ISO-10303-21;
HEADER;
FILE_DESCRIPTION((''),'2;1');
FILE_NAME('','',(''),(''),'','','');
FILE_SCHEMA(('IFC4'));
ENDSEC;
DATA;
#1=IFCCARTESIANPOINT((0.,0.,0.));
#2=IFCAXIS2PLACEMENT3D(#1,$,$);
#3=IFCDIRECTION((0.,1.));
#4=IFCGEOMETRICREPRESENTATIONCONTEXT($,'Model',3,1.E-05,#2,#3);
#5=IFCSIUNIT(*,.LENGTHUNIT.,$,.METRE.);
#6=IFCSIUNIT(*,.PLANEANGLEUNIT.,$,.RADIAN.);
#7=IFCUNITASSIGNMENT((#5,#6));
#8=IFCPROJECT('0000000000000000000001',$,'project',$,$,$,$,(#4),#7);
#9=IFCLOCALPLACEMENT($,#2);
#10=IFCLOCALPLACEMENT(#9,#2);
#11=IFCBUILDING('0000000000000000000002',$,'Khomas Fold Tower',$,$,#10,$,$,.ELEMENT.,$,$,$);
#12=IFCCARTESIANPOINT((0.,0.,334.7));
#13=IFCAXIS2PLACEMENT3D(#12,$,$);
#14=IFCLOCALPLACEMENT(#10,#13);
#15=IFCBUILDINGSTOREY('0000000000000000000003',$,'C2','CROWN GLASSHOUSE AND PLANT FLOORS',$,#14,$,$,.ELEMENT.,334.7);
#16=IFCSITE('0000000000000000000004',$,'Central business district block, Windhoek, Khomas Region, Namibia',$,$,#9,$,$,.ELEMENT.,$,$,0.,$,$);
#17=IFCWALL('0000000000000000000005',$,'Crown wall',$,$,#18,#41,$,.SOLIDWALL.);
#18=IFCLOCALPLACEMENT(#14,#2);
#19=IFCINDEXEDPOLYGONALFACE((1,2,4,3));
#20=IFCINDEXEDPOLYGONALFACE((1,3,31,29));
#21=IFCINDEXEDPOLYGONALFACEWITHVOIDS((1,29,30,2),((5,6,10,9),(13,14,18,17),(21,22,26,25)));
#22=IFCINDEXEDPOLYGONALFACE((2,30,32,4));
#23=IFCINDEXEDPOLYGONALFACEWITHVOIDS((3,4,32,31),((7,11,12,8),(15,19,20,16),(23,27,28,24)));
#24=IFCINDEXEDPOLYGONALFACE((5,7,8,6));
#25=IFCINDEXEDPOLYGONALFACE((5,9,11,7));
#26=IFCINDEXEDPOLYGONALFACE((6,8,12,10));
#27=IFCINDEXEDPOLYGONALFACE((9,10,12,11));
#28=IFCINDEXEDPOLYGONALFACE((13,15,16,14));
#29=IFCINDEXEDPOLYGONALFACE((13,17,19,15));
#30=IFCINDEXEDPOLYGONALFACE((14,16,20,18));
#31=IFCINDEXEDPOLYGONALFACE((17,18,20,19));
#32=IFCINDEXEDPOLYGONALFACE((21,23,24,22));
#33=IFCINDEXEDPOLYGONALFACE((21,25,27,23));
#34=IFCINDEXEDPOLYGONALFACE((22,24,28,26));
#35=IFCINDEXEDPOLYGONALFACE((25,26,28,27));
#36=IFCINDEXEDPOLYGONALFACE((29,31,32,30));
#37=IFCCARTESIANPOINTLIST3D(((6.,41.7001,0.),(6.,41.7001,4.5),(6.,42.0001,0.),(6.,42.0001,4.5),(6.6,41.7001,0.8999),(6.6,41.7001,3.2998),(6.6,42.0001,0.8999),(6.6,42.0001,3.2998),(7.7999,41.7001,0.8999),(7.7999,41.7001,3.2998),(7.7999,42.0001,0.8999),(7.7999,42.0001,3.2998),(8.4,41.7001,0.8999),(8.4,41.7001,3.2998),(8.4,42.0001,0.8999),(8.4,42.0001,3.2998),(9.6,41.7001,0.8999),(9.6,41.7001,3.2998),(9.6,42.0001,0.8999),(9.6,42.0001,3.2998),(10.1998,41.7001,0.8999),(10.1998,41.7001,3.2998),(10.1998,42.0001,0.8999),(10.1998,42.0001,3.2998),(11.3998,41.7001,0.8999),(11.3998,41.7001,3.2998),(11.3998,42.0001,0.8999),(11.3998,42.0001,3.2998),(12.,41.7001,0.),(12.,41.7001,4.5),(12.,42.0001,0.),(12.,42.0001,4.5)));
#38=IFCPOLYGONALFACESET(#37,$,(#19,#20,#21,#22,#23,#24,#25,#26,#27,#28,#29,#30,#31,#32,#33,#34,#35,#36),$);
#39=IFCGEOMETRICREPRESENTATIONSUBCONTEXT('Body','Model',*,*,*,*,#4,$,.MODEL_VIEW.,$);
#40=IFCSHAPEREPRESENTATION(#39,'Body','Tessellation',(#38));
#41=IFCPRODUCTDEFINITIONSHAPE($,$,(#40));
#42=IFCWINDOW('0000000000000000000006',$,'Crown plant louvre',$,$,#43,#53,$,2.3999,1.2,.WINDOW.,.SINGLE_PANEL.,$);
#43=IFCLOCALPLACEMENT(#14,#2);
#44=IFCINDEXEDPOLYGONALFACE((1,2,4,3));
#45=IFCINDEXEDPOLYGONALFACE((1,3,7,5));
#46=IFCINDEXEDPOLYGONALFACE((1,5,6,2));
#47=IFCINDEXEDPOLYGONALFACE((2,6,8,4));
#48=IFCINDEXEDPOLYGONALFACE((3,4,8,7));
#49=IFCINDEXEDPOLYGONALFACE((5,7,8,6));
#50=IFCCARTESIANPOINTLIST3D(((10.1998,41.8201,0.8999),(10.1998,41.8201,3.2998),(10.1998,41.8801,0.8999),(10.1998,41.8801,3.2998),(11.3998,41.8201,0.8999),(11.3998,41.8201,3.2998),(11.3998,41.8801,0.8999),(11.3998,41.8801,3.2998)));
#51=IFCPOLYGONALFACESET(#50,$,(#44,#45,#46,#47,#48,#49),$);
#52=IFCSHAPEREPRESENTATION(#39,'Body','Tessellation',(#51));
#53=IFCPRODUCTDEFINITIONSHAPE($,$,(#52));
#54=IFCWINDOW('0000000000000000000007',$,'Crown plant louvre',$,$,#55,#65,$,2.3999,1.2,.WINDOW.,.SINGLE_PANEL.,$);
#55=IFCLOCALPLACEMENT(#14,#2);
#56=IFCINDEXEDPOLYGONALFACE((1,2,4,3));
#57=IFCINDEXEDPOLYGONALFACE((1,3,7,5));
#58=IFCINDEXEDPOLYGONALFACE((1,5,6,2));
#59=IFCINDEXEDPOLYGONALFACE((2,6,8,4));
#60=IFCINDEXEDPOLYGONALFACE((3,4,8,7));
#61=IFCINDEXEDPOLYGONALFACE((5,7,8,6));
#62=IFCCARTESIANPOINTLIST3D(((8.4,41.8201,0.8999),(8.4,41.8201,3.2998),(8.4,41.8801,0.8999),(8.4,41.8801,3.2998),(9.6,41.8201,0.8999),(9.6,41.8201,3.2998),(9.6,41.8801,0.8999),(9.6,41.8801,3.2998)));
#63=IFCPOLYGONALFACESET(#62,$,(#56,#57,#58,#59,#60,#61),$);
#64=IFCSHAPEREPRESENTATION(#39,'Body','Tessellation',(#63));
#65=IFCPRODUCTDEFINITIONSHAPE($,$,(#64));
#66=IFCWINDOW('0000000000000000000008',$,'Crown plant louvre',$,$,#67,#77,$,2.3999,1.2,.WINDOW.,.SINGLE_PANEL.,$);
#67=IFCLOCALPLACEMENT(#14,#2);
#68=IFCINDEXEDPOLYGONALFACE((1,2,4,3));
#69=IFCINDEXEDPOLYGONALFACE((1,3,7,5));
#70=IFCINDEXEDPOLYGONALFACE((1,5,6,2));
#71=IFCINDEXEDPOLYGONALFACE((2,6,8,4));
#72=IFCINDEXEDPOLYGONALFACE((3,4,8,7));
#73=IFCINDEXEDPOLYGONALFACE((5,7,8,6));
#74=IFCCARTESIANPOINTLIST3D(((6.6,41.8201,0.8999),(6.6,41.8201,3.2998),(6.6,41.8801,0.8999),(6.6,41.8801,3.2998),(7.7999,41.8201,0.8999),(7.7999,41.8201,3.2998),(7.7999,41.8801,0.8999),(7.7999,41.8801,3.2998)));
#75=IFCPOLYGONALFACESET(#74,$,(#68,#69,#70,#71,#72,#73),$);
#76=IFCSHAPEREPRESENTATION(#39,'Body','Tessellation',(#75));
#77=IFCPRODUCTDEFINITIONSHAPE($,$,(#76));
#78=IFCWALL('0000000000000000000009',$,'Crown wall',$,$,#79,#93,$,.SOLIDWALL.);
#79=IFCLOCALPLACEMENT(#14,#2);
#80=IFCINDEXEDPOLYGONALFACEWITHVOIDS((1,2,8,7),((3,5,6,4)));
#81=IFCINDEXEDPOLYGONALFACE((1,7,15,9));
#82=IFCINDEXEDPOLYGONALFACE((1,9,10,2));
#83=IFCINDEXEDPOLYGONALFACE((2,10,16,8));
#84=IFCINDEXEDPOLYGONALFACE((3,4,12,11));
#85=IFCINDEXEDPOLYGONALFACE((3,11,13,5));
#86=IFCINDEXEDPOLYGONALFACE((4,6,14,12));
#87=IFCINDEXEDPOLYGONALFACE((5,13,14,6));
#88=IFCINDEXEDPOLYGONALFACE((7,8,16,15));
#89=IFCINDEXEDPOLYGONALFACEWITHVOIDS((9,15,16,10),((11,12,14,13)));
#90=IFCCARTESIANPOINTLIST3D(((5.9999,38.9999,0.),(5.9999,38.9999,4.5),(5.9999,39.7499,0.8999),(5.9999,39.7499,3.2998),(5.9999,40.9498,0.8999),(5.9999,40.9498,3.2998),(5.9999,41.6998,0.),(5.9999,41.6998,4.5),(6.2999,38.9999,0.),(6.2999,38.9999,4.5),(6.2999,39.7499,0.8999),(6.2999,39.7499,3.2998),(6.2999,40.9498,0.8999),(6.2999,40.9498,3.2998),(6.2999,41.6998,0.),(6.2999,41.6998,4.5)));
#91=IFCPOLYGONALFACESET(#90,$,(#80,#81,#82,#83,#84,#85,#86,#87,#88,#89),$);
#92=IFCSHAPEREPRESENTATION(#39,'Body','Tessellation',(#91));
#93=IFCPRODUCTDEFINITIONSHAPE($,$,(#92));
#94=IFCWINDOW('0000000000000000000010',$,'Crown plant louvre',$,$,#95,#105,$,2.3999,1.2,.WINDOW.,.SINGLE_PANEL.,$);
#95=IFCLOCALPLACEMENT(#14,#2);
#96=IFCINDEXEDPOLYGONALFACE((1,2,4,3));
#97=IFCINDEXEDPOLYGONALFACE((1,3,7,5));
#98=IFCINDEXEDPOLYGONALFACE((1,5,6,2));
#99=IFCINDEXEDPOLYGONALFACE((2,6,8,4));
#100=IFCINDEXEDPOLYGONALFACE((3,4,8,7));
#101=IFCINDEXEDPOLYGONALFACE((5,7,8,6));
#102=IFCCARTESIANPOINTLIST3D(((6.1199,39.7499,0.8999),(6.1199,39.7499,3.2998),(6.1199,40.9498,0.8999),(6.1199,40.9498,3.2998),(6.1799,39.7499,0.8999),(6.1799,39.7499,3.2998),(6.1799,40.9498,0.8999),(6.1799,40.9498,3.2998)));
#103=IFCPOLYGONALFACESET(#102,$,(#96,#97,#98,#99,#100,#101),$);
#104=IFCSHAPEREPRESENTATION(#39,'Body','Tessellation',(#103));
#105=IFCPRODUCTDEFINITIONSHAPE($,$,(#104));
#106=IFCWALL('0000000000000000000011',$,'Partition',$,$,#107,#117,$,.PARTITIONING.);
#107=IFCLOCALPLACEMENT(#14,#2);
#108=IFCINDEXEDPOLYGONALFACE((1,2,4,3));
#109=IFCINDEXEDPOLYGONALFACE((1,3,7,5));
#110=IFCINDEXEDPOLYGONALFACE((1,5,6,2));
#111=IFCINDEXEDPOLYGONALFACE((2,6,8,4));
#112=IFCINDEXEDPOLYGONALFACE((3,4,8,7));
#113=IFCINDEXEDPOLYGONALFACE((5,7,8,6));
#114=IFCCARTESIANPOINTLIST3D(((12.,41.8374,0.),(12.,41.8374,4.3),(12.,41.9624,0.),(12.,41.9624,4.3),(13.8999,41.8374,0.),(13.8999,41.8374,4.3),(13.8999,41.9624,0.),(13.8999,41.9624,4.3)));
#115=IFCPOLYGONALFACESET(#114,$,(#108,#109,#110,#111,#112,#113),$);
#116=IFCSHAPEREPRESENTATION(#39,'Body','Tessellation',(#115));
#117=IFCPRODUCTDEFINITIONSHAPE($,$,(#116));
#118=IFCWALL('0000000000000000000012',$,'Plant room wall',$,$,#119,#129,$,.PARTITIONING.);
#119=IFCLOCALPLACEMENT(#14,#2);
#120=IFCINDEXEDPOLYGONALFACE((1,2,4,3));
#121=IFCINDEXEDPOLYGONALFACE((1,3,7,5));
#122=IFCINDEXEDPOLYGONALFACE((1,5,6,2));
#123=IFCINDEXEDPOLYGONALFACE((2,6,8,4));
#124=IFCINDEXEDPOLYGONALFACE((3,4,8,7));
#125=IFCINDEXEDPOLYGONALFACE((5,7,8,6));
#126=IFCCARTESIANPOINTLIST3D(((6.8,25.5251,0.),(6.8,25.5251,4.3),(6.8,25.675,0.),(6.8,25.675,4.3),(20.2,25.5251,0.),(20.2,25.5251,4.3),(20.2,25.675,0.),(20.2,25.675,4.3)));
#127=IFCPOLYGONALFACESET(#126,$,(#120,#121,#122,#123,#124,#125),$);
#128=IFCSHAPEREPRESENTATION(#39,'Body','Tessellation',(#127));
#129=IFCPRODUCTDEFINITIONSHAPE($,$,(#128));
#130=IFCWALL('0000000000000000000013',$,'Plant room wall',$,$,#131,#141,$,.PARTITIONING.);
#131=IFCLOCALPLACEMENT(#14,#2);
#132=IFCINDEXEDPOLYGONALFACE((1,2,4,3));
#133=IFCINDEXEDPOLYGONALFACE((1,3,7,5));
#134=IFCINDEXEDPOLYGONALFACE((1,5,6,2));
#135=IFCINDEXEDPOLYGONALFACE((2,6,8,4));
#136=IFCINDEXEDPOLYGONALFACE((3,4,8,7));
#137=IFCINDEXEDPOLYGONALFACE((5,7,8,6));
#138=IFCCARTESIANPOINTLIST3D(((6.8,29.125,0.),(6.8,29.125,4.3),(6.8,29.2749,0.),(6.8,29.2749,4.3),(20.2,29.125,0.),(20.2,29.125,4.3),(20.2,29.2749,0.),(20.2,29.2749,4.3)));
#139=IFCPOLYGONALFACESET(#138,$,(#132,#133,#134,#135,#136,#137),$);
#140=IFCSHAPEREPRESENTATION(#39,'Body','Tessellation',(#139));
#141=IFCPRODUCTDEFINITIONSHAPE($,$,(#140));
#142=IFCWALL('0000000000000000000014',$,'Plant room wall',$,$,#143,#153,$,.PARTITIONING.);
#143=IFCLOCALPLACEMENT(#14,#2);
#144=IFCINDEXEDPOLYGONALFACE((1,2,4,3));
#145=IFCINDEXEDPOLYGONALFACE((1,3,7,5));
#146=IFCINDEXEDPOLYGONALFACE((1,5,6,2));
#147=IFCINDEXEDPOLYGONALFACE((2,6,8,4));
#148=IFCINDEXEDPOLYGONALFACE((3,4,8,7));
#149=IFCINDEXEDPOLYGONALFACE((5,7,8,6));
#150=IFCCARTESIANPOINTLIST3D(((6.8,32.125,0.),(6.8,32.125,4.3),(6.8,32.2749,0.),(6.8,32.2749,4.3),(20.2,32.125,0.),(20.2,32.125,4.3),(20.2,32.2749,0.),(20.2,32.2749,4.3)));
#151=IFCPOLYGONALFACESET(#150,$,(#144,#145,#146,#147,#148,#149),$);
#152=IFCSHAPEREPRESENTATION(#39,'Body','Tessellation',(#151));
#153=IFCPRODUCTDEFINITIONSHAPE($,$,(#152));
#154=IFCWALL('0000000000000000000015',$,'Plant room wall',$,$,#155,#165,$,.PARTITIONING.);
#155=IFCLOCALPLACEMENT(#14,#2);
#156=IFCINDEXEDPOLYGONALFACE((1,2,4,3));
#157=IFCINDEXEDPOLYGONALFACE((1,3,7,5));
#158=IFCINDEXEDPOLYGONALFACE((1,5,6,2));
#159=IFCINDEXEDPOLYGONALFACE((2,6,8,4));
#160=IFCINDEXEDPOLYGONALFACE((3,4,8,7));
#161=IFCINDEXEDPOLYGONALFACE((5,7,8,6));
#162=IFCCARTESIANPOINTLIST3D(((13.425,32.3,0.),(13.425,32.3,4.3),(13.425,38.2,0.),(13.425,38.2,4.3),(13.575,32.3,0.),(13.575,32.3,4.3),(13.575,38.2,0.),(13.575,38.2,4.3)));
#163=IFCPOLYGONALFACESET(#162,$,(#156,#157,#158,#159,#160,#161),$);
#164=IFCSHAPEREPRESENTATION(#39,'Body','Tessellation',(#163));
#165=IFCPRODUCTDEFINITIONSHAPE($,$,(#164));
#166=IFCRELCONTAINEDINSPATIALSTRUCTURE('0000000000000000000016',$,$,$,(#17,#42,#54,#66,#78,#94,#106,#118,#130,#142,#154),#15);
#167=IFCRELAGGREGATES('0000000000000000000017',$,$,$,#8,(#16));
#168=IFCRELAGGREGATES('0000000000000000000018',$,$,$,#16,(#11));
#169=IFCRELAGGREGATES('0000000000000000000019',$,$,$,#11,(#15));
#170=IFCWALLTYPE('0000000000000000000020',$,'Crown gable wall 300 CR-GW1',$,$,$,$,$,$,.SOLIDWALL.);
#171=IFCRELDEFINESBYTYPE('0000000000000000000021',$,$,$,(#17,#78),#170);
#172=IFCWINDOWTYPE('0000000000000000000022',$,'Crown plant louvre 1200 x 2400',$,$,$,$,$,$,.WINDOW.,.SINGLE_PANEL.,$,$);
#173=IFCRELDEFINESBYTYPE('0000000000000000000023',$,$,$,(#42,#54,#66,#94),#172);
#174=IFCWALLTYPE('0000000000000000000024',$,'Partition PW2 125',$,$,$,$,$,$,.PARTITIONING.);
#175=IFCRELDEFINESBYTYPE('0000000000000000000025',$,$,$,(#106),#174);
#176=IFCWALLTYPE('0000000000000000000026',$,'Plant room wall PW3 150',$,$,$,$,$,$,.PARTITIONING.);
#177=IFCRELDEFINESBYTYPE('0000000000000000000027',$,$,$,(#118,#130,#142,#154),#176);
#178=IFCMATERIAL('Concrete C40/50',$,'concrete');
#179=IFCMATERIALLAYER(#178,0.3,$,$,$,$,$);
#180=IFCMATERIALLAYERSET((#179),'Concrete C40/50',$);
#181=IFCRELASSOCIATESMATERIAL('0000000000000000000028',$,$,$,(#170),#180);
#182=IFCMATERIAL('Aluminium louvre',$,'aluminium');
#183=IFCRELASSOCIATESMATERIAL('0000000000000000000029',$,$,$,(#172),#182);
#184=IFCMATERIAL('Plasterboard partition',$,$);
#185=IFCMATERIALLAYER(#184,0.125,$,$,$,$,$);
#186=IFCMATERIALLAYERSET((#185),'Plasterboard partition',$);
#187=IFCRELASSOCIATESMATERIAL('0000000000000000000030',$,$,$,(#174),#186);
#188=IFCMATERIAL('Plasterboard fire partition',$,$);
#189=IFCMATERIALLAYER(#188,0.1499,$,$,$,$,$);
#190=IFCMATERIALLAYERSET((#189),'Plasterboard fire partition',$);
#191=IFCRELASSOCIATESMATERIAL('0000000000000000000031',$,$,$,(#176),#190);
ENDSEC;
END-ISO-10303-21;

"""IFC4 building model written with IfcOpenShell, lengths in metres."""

from ifc_helpers import new_model, si_unit, direction, frame, frame_2d, origin, place, context, subcontext, project, spatial, rectangle, extrude, source, transform, mapped, material, layer, layer_set, type_object, element, fill, save


model = new_model("IFC4")

# Units and contexts
model_context = context("Model", 3, precision=1e-05, world=origin(), true_north=direction((0.0, 1.0)))
body_context = subcontext(model_context, "Body", "Model", "MODEL_VIEW")
ifc_project = project(units=[si_unit("LENGTHUNIT", "METRE"), si_unit("PLANEANGLEUNIT", "RADIAN")], contexts=[model_context])

# Site, building, storey
site_placement = place(None, origin())
site = spatial("IfcSite", under=ifc_project, at=site_placement, Name="Central business district block, Windhoek, Khomas Region, Namibia", CompositionType="ELEMENT", RefElevation=0.0)
building_placement = place(site_placement, origin())
building = spatial("IfcBuilding", under=site, at=building_placement, Name="Khomas Fold Tower", CompositionType="ELEMENT")
storey_placement = place(building_placement, frame((0.0, 0.0, 334.7)))
storey = spatial("IfcBuildingStorey", under=building, at=storey_placement, Name="C2", Description="CROWN GLASSHOUSE AND PLANT FLOORS", CompositionType="ELEMENT", Elevation=334.7)

# Wall, openings, windows
ifc_material_1 = material(Name="Concrete C40/50", Category="concrete")
ifc_layer_1 = layer(ifc_material_1, 0.3)
ifc_layer_set_1 = layer_set([ifc_layer_1], Name="Concrete C40/50")
wall_type_1 = type_object("IfcWallType", Name="Crown gable wall 300 CR-GW1", PredefinedType="SOLIDWALL", material=ifc_layer_set_1)
shared_shape_1 = source(origin(), body_context, "Body", "SweptSolid", [
    extrude(rectangle(XDim=6.0, YDim=0.3, at=frame_2d((3.0, 0.0))), origin(), (0.0, 0.0, 1.0), 4.5),
])
wall_1_placement = place(storey_placement, frame((12.0, 41.8501, 0.0), z_axis=(0.0, 0.0, 1.0), x_axis=(-1.0, 0.0, 0.0)))
wall_1 = element("IfcWall", 1, at=wall_1_placement, inside=storey, type_object=wall_type_1, Name="Crown wall", PredefinedType="SOLIDWALL", context=body_context, shape_type="MappedRepresentation", body=[
    mapped(shared_shape_1, transform((0.0, 0.0, 0.0))),
])
shared_shape_2 = source(origin(), body_context, "Body", "SweptSolid", [
    extrude(rectangle(XDim=1.2, YDim=2.3999, at=frame_2d((0.6001, 1.2))), frame((0.0, 0.1599, 0.0), z_axis=(0.0, -1.0, 0.0), x_axis=(1.0, 0.0, 0.0)), (0.0, 0.0, 1.0), 0.3201),
])
opening_1_placement = place(wall_1_placement, frame((0.6001, 0.0, 0.8999)))
opening_1 = element("IfcOpeningElement", 2, at=opening_1_placement, cuts=wall_1, PredefinedType="OPENING", context=body_context, shape_type="MappedRepresentation", body=[
    mapped(shared_shape_2, transform((0.0, 0.0, 0.0))),
])
opening_2_placement = place(wall_1_placement, frame((2.3999, 0.0, 0.8999)))
opening_2 = element("IfcOpeningElement", 3, at=opening_2_placement, cuts=wall_1, PredefinedType="OPENING", context=body_context, shape_type="MappedRepresentation", body=[
    mapped(shared_shape_2, transform((0.0, 0.0, 0.0))),
])
opening_3_placement = place(wall_1_placement, frame((4.2, 0.0, 0.8999)))
opening_3 = element("IfcOpeningElement", 4, at=opening_3_placement, cuts=wall_1, PredefinedType="OPENING", context=body_context, shape_type="MappedRepresentation", body=[
    mapped(shared_shape_2, transform((0.0, 0.0, 0.0))),
])
ifc_material_2 = material(Name="Aluminium louvre", Category="aluminium")
window_type = type_object("IfcWindowType", Name="Crown plant louvre 1200 x 2400", PartitioningType="SINGLE_PANEL", PredefinedType="WINDOW", material=ifc_material_2)
shared_shape_3 = source(origin(), body_context, "Body", "SweptSolid", [
    extrude(rectangle(XDim=1.2, YDim=2.3999, at=frame_2d((0.6001, 1.2))), frame((0.0, 0.03, 0.0), z_axis=(0.0, -1.0, 0.0), x_axis=(1.0, 0.0, 0.0)), (0.0, 0.0, 1.0), 0.0601),
])
window_1_placement = place(opening_1_placement, origin())
window_1 = element("IfcWindow", 5, at=window_1_placement, inside=storey, type_object=window_type, Name="Crown plant louvre", OverallHeight=2.3999, OverallWidth=1.2, PartitioningType="SINGLE_PANEL", PredefinedType="WINDOW", context=body_context, shape_type="MappedRepresentation", body=[
    mapped(shared_shape_3, transform((0.0, 0.0, 0.0))),
])
fill(opening_1, window_1)
window_2_placement = place(opening_2_placement, origin())
window_2 = element("IfcWindow", 6, at=window_2_placement, inside=storey, type_object=window_type, Name="Crown plant louvre", OverallHeight=2.3999, OverallWidth=1.2, PartitioningType="SINGLE_PANEL", PredefinedType="WINDOW", context=body_context, shape_type="MappedRepresentation", body=[
    mapped(shared_shape_3, transform((0.0, 0.0, 0.0))),
])
fill(opening_2, window_2)
window_3_placement = place(opening_3_placement, origin())
window_3 = element("IfcWindow", 7, at=window_3_placement, inside=storey, type_object=window_type, Name="Crown plant louvre", OverallHeight=2.3999, OverallWidth=1.2, PartitioningType="SINGLE_PANEL", PredefinedType="WINDOW", context=body_context, shape_type="MappedRepresentation", body=[
    mapped(shared_shape_3, transform((0.0, 0.0, 0.0))),
])
fill(opening_3, window_3)

# Wall, opening, window
shared_shape_4 = source(origin(), body_context, "Body", "SweptSolid", [
    extrude(rectangle(XDim=2.7, YDim=0.3, at=frame_2d((1.3501, 0.0))), origin(), (0.0, 0.0, 1.0), 4.5),
])
wall_2_placement = place(storey_placement, frame((6.1499, 41.7, 0.0), z_axis=(0.0, 0.0, 1.0), x_axis=(0.0, -1.0, 0.0)))
wall_2 = element("IfcWall", 8, at=wall_2_placement, inside=storey, type_object=wall_type_1, Name="Crown wall", PredefinedType="SOLIDWALL", context=body_context, shape_type="MappedRepresentation", body=[
    mapped(shared_shape_4, transform((0.0, 0.0, 0.0))),
])
opening_4_placement = place(wall_2_placement, frame((0.75, 0.0, 0.8999)))
opening_4 = element("IfcOpeningElement", 9, at=opening_4_placement, cuts=wall_2, PredefinedType="OPENING", context=body_context, shape_type="MappedRepresentation", body=[
    mapped(shared_shape_2, transform((0.0, 0.0, 0.0))),
])
window_4_placement = place(opening_4_placement, origin())
window_4 = element("IfcWindow", 10, at=window_4_placement, inside=storey, type_object=window_type, Name="Crown plant louvre", OverallHeight=2.3999, OverallWidth=1.2, PartitioningType="SINGLE_PANEL", PredefinedType="WINDOW", context=body_context, shape_type="MappedRepresentation", body=[
    mapped(shared_shape_3, transform((0.0, 0.0, 0.0))),
])
fill(opening_4, window_4)

# Walls
ifc_material_3 = material(Name="Plasterboard partition")
ifc_layer_2 = layer(ifc_material_3, 0.125)
ifc_layer_set_2 = layer_set([ifc_layer_2], Name="Plasterboard partition")
wall_type_2 = type_object("IfcWallType", Name="Partition PW2 125", PredefinedType="PARTITIONING", material=ifc_layer_set_2)
shared_shape_5 = source(origin(), body_context, "Body", "SweptSolid", [
    extrude(rectangle(XDim=1.8999, YDim=0.125, at=frame_2d((0.95, 0.0))), origin(), (0.0, 0.0, 1.0), 4.3),
])
wall_3_placement = place(storey_placement, frame((12.0, 41.8999, 0.0), z_axis=(0.0, 0.0, 1.0), x_axis=(1.0, 0.0, 0.0)))
element("IfcWall", 11, at=wall_3_placement, inside=storey, type_object=wall_type_2, Name="Partition", PredefinedType="PARTITIONING", context=body_context, shape_type="MappedRepresentation", body=[
    mapped(shared_shape_5, transform((0.0, 0.0, 0.0))),
])
ifc_material_4 = material(Name="Plasterboard fire partition")
ifc_layer_3 = layer(ifc_material_4, 0.1499)
ifc_layer_set_3 = layer_set([ifc_layer_3], Name="Plasterboard fire partition")
wall_type_3 = type_object("IfcWallType", Name="Plant room wall PW3 150", PredefinedType="PARTITIONING", material=ifc_layer_set_3)
shared_shape_6 = source(origin(), body_context, "Body", "SweptSolid", [
    extrude(rectangle(XDim=13.3999, YDim=0.1499, at=frame_2d((6.7, 0.0))), origin(), (0.0, 0.0, 1.0), 4.3),
])
for number, where, z_axis, x_axis, name in (
    (12, (6.8, 25.6001, 0.0), (0.0, 0.0, 1.0), (1.0, 0.0, 0.0), "Plant room wall"),
    (13, (6.8, 29.2, 0.0), (0.0, 0.0, 1.0), (1.0, 0.0, 0.0), "Plant room wall"),
    (14, (6.8, 32.2, 0.0), (0.0, 0.0, 1.0), (1.0, 0.0, 0.0), "Plant room wall"),
):
    element("IfcWall", number, at=place(storey_placement, frame(where, z_axis=z_axis, x_axis=x_axis)), inside=storey, type_object=wall_type_3, Name=name, PredefinedType="PARTITIONING", context=body_context, shape_type="MappedRepresentation", body=[
        mapped(shared_shape_6, transform((0.0, 0.0, 0.0))),
    ])
shared_shape_7 = source(origin(), body_context, "Body", "SweptSolid", [
    extrude(rectangle(XDim=5.8999, YDim=0.1499, at=frame_2d((2.95, 0.0))), origin(), (0.0, 0.0, 1.0), 4.3),
])
wall_4_placement = place(storey_placement, frame((13.5, 32.3, 0.0), z_axis=(0.0, 0.0, 1.0), x_axis=(0.0, 1.0, 0.0)))
element("IfcWall", 15, at=wall_4_placement, inside=storey, type_object=wall_type_3, Name="Plant room wall", PredefinedType="PARTITIONING", context=body_context, shape_type="MappedRepresentation", body=[
    mapped(shared_shape_7, transform((0.0, 0.0, 0.0))),
])

save(model, "model.ifc")
